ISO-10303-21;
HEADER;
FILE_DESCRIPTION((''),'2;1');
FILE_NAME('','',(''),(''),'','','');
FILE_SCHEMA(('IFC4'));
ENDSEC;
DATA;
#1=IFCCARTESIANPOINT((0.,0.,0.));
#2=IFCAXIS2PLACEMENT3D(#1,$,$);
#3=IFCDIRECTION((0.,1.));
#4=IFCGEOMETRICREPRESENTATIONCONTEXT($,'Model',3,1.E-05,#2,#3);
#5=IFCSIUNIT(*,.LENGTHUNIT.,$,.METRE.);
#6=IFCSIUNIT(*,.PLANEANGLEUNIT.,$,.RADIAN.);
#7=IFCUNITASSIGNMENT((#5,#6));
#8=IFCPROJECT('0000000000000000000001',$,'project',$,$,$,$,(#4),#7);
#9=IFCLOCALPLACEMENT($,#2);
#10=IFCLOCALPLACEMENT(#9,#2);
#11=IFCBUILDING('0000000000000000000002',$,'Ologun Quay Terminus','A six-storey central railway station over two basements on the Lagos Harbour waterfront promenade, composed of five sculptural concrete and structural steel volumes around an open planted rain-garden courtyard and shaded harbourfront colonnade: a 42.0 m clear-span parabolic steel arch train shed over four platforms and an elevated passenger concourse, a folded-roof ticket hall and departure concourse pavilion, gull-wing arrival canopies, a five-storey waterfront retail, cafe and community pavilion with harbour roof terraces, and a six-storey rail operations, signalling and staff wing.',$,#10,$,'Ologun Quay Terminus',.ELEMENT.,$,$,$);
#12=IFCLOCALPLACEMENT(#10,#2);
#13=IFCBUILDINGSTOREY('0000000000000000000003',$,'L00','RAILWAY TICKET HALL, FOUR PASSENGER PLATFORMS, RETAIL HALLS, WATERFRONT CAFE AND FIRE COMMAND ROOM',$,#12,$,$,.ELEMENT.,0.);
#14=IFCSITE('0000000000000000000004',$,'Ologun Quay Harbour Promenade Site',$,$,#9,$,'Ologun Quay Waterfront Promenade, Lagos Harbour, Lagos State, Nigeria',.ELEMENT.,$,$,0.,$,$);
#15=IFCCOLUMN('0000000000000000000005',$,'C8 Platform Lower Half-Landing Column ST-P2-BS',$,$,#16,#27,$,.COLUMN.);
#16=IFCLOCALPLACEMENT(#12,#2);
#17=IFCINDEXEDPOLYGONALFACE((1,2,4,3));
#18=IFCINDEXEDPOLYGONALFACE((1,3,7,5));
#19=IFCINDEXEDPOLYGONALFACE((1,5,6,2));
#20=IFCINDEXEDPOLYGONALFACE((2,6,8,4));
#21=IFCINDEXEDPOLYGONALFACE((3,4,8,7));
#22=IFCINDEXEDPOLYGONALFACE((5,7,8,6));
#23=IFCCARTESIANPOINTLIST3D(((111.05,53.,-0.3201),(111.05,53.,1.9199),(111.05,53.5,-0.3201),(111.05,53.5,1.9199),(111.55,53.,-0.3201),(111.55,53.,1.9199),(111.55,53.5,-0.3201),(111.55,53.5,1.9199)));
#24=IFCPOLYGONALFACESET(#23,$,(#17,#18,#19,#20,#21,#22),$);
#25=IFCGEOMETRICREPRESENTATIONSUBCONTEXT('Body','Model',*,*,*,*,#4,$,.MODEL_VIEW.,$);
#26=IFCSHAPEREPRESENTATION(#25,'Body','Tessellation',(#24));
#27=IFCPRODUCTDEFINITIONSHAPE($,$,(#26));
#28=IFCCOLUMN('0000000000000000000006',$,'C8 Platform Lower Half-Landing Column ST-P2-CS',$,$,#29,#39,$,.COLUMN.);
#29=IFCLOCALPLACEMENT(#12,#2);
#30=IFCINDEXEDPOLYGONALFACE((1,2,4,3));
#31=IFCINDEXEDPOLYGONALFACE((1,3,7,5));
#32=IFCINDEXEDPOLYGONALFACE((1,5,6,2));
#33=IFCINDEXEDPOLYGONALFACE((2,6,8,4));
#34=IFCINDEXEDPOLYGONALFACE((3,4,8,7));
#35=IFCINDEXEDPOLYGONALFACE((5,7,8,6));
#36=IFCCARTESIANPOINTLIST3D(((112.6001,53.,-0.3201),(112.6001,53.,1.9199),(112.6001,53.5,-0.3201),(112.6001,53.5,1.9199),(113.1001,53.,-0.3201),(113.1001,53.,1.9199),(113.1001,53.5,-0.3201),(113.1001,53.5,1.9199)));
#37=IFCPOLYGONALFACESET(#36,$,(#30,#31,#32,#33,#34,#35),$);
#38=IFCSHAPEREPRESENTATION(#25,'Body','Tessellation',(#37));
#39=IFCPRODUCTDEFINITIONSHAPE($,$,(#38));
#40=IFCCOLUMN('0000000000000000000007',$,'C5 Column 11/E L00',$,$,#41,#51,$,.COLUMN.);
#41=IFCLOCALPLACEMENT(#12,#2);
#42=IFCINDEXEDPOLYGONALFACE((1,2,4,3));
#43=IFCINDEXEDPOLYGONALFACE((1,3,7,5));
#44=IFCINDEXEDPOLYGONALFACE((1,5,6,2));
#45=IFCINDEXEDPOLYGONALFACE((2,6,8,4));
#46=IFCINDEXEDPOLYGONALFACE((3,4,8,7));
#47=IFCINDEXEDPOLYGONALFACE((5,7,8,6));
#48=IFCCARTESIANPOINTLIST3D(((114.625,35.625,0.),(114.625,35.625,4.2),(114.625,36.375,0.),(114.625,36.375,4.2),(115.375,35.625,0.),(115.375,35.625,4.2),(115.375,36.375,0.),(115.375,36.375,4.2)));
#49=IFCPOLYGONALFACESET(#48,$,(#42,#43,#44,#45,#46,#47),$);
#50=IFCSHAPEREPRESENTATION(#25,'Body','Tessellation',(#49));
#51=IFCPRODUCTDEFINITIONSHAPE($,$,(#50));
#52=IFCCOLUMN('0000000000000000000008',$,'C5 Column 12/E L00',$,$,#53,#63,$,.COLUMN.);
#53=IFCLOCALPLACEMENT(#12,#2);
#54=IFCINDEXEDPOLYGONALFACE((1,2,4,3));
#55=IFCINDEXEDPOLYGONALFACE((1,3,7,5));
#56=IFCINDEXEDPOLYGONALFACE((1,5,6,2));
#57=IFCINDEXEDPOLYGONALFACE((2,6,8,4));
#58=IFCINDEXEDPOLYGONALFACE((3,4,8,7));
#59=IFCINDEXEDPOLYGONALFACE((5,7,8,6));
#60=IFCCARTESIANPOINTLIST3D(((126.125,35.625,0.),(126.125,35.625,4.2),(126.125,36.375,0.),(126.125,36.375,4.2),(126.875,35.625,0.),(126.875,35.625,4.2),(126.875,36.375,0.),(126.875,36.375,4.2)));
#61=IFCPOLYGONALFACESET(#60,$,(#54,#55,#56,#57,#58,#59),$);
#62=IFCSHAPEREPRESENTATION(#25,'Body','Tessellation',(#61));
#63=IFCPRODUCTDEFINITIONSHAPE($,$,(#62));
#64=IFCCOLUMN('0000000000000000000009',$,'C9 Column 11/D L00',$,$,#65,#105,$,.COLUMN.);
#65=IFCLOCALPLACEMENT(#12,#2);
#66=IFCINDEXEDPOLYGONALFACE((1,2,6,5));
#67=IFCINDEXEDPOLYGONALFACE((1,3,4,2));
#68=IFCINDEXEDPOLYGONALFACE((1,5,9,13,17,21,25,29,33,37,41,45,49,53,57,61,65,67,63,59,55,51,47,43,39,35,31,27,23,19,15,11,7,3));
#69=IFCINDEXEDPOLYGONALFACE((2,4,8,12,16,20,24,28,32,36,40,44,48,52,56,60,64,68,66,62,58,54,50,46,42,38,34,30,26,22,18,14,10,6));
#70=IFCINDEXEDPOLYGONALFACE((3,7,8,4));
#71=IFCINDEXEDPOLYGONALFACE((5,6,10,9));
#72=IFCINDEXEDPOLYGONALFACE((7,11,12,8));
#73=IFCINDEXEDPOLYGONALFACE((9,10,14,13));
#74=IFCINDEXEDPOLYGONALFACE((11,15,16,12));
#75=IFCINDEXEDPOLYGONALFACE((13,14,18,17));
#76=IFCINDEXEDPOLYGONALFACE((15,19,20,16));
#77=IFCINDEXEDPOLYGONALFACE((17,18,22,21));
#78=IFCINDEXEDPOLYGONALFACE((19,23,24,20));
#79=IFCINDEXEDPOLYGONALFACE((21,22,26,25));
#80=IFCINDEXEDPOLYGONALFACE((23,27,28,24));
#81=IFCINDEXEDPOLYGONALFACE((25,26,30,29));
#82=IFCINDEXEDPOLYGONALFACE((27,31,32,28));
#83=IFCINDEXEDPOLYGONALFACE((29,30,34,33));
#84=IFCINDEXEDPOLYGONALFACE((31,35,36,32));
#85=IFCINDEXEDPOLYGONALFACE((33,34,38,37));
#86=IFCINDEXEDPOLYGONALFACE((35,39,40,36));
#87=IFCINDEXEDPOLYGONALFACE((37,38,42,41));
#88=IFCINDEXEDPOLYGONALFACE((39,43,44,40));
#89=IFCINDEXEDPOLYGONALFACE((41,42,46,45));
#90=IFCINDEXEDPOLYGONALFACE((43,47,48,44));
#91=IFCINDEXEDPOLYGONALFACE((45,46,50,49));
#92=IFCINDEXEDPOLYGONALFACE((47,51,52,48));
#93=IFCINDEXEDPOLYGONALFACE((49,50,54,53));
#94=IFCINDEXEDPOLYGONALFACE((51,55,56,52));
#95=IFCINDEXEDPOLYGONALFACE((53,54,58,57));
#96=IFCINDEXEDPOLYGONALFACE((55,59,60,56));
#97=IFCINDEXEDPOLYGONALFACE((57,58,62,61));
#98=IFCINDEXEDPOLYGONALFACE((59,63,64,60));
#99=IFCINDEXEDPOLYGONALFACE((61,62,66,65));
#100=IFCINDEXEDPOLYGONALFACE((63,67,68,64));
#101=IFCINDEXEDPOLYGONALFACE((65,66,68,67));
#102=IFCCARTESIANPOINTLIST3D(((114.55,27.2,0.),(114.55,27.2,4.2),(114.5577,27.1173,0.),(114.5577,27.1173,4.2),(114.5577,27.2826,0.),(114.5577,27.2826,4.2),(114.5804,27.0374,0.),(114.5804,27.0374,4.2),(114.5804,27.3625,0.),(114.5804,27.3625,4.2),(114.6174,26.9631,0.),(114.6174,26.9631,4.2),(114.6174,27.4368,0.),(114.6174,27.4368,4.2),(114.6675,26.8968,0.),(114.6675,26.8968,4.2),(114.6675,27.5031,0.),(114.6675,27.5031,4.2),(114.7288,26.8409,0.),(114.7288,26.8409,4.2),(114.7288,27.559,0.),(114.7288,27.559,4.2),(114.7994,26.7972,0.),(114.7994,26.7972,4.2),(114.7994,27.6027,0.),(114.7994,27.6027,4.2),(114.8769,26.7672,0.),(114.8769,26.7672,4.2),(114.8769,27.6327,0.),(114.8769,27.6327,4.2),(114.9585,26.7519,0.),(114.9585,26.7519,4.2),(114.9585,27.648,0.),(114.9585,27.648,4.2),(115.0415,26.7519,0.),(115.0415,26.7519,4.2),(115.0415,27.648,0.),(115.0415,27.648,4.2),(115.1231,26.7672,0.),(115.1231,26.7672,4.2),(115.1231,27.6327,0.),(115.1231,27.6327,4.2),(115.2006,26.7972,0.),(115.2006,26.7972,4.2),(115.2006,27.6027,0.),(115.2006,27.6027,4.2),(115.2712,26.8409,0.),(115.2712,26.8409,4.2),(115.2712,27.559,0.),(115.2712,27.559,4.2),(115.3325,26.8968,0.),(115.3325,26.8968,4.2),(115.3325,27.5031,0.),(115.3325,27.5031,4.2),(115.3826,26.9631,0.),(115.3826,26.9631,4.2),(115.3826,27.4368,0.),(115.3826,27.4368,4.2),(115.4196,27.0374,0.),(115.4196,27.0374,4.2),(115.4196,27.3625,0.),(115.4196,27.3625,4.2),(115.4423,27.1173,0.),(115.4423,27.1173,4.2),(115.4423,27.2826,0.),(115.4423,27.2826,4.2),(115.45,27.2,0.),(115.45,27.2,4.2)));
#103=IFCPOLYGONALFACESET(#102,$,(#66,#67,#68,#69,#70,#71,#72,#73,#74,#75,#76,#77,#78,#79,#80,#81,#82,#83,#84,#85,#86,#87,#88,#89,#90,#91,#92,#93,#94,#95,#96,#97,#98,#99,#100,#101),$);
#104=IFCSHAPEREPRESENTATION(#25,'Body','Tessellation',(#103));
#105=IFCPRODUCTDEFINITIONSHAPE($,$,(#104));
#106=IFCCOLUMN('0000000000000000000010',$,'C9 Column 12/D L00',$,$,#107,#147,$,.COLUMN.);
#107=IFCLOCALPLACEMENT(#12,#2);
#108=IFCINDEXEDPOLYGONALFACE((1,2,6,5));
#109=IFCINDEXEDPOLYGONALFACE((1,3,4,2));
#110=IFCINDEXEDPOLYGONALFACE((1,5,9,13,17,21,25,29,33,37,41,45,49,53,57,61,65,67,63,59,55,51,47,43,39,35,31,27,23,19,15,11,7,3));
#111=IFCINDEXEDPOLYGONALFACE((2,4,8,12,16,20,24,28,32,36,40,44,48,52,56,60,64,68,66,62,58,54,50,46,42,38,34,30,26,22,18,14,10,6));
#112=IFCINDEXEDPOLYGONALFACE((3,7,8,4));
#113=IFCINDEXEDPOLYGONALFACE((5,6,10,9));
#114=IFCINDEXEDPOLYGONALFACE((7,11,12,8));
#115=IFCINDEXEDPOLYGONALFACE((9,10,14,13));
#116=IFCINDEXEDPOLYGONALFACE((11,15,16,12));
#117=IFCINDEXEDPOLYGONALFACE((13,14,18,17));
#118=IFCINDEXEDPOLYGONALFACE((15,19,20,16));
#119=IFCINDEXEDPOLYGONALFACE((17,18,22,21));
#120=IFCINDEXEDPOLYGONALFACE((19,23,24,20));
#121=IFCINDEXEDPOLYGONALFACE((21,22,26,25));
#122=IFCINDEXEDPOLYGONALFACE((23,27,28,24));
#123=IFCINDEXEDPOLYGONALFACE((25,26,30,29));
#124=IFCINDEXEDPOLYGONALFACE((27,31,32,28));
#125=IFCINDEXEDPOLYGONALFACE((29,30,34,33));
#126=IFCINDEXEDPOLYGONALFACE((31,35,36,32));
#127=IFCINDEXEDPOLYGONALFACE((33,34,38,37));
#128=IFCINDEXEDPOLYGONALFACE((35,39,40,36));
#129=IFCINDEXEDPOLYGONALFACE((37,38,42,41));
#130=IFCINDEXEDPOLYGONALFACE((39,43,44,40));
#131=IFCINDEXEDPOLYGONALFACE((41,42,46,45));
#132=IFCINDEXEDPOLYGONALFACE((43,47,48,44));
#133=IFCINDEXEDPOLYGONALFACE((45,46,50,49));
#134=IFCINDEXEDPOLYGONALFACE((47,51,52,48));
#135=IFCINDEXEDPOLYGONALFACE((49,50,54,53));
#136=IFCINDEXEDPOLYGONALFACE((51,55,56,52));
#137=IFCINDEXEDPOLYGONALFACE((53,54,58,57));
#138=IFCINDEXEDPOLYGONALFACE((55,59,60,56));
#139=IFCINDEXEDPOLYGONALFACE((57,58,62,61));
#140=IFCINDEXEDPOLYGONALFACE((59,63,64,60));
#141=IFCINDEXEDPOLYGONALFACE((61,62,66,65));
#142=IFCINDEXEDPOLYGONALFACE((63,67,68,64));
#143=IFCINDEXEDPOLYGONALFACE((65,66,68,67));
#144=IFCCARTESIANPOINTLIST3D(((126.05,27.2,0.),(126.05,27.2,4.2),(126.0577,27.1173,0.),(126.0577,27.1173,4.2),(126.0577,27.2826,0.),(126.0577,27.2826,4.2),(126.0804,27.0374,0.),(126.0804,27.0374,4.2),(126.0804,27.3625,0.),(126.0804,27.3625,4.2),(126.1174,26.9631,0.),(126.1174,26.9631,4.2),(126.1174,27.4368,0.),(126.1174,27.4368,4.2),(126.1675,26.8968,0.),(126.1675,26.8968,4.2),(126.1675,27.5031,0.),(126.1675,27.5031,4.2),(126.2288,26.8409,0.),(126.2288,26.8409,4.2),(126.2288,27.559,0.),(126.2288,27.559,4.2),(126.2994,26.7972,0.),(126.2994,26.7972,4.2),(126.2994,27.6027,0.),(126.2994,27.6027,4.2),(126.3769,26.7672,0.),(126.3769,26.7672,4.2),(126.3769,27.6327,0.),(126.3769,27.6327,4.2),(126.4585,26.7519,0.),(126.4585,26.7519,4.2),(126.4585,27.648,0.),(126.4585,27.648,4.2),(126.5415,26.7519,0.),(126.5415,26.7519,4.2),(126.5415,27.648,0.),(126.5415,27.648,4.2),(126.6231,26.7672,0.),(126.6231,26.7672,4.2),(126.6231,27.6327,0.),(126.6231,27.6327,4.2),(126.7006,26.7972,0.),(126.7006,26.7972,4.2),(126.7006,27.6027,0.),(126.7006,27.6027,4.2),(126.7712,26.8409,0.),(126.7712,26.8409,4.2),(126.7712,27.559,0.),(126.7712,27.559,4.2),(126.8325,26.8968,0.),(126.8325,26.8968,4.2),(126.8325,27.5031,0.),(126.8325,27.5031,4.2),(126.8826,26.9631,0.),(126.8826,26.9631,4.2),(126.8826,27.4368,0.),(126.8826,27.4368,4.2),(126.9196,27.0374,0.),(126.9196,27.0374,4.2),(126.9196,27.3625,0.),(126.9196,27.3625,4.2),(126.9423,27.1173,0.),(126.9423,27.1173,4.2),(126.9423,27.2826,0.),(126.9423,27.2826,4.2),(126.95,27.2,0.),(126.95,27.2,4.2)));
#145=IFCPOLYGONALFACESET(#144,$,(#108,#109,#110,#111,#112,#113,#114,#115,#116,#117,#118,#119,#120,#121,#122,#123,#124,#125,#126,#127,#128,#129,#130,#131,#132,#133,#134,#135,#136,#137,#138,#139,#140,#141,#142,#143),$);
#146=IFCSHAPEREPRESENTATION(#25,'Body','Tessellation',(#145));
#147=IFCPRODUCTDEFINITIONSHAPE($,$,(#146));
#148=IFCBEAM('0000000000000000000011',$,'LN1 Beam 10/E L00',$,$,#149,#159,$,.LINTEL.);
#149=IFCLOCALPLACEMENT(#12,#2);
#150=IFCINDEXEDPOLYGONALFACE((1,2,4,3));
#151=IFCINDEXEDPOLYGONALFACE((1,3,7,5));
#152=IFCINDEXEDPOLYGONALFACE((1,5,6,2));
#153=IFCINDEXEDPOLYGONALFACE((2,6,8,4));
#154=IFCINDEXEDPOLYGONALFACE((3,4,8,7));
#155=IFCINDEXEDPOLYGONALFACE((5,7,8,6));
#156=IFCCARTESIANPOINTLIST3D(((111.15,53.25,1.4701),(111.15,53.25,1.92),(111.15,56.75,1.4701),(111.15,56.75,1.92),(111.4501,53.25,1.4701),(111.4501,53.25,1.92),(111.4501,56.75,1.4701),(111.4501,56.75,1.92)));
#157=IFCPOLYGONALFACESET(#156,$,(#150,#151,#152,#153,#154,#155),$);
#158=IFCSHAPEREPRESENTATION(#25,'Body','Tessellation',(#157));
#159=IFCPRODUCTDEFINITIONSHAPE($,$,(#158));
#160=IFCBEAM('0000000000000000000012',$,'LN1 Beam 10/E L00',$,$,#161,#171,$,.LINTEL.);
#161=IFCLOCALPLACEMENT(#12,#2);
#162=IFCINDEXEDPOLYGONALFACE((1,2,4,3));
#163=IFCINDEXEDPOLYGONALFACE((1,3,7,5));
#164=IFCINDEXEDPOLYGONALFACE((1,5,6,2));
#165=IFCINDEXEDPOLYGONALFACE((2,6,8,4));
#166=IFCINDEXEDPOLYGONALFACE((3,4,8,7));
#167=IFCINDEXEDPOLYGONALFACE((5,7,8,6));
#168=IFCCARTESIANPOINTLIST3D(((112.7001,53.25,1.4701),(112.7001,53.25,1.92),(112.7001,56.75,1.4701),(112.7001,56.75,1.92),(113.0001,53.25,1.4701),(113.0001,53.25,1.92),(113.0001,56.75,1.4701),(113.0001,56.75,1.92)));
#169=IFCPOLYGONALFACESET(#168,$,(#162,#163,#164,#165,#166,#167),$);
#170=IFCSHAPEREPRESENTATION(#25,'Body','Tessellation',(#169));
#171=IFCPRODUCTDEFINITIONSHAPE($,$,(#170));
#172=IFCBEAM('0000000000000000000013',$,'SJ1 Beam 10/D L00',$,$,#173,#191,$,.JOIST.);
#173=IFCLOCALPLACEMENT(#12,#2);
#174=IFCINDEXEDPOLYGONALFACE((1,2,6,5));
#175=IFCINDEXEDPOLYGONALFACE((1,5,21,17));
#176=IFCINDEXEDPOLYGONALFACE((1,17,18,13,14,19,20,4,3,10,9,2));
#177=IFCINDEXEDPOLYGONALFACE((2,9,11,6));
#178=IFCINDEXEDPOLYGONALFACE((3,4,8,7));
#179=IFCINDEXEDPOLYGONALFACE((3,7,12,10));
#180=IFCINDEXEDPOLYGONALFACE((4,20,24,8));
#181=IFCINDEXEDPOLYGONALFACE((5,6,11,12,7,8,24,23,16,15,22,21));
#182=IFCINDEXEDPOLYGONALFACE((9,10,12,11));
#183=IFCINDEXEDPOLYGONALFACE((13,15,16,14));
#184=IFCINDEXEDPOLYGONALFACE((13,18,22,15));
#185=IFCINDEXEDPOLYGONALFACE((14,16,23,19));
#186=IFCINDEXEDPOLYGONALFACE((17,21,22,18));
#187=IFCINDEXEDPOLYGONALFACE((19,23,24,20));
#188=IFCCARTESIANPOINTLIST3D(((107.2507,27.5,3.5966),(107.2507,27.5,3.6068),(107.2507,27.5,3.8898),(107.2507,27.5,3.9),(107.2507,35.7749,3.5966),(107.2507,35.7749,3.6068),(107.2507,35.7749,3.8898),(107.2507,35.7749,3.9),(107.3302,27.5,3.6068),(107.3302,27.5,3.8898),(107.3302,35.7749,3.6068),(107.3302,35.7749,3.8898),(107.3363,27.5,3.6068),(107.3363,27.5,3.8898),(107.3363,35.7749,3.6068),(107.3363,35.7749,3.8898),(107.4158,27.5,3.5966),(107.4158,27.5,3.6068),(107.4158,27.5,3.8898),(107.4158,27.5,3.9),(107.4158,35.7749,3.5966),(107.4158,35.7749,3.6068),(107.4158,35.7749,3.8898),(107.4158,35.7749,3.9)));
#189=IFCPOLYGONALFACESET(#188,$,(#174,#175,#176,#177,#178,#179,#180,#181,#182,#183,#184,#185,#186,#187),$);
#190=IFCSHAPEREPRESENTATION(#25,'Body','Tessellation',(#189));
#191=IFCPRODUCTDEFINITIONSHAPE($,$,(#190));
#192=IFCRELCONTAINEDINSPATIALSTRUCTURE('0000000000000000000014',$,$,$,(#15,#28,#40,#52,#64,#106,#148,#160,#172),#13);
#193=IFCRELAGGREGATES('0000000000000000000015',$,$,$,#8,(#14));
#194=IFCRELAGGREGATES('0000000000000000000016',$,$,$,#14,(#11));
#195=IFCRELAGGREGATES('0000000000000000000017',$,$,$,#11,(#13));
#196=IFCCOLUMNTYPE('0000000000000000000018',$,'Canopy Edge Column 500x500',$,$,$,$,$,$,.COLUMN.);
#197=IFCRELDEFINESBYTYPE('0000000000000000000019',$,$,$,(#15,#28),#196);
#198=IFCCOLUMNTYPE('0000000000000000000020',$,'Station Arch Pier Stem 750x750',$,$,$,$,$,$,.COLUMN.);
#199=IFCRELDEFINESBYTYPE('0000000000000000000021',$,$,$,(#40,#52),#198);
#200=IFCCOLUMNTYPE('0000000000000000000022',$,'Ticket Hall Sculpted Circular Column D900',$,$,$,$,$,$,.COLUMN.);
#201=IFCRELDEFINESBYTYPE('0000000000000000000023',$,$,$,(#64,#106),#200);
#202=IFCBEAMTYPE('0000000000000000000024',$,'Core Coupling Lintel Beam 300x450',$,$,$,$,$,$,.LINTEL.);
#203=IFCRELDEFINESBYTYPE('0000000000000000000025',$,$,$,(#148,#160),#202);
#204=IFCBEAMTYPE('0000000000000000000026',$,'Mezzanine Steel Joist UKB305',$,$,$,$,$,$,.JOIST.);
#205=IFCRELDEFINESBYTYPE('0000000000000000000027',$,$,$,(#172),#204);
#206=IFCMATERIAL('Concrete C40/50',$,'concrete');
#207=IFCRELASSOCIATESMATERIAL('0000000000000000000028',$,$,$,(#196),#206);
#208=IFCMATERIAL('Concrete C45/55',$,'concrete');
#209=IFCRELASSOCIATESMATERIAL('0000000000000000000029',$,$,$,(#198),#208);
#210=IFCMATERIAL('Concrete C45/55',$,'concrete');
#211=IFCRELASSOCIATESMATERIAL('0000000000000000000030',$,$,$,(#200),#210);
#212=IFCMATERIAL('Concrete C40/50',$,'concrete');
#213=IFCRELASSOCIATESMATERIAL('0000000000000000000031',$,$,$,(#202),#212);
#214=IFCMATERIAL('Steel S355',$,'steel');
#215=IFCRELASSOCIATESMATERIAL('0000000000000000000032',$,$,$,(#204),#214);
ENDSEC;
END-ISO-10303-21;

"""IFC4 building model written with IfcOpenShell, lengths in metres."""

from ifc_helpers import new_model, si_unit, direction, frame, origin, origin_2d, place, context, subcontext, project, spatial, rectangle, circle, i_section, extrude, material, material_profile, profile_set, type_object, element, save


model = new_model("IFC4")

# Units and contexts
model_context = context("Model", 3, precision=1e-05, world=origin(), true_north=direction((0.0, 1.0)))
body_context = subcontext(model_context, "Body", "Model", "MODEL_VIEW")
ifc_project = project(units=[si_unit("LENGTHUNIT", "METRE"), si_unit("PLANEANGLEUNIT", "RADIAN")], contexts=[model_context])

# Site, building, storey
site_placement = place(None, origin())
site = spatial("IfcSite", under=ifc_project, at=site_placement, Name="Ologun Quay Harbour Promenade Site", LongName="Ologun Quay Waterfront Promenade, Lagos Harbour, Lagos State, Nigeria", CompositionType="ELEMENT", RefElevation=0.0)
building_placement = place(site_placement, origin())
building = spatial("IfcBuilding", under=site, at=building_placement, Name="Ologun Quay Terminus", Description="A six-storey central railway station over two basements on the Lagos Harbour waterfront promenade, composed of five sculptural concrete and structural steel volumes around an open planted rain-garden courtyard and shaded harbourfront colonnade: a 42.0 m clear-span parabolic steel arch train shed over four platforms and an elevated passenger concourse, a folded-roof ticket hall and departure concourse pavilion, gull-wing arrival canopies, a five-storey waterfront retail, cafe and community pavilion with harbour roof terraces, and a six-storey rail operations, signalling and staff wing.", LongName="Ologun Quay Terminus", CompositionType="ELEMENT")
storey_placement = place(building_placement, origin())
storey = spatial("IfcBuildingStorey", under=building, at=storey_placement, Name="L00", Description="RAILWAY TICKET HALL, FOUR PASSENGER PLATFORMS, RETAIL HALLS, WATERFRONT CAFE AND FIRE COMMAND ROOM", CompositionType="ELEMENT", Elevation=0.0)

# Columns
ifc_material_1 = material(Name="Concrete C40/50", Category="concrete")
ifc_material_profile_1 = material_profile(ifc_material_1, rectangle(XDim=0.5, YDim=0.5, at=origin_2d()), Name="RC 500x500")
ifc_profile_set_1 = profile_set([ifc_material_profile_1], Name="Concrete C40/50")
column_type_1 = type_object("IfcColumnType", Name="Canopy Edge Column 500x500", PredefinedType="COLUMN", material=ifc_profile_set_1)
for number, where, z_axis, x_axis, name in (
    (1, (111.3, 53.25, -0.3201), (0.0, 0.0, 1.0), (1.0, 0.0, 0.0), "C8 Platform Lower Half-Landing Column ST-P2-BS"),
    (2, (112.8501, 53.25, -0.3201), (0.0, 0.0, 1.0), (1.0, 0.0, 0.0), "C8 Platform Lower Half-Landing Column ST-P2-CS"),
):
    element("IfcColumn", number, at=place(storey_placement, frame(where, z_axis=z_axis, x_axis=x_axis)), inside=storey, type_object=column_type_1, Name=name, PredefinedType="COLUMN", context=body_context, shape_type="SweptSolid", body=[
        extrude(rectangle(XDim=0.5, YDim=0.5, at=origin_2d()), origin(), (0.0, 0.0, 1.0), 2.24),
    ])
ifc_material_2 = material(Name="Concrete C45/55", Category="concrete")
ifc_material_profile_2 = material_profile(ifc_material_2, rectangle(XDim=0.75, YDim=0.75, at=origin_2d()), Name="RC 750x750")
ifc_profile_set_2 = profile_set([ifc_material_profile_2], Name="Concrete C45/55")
column_type_2 = type_object("IfcColumnType", Name="Station Arch Pier Stem 750x750", PredefinedType="COLUMN", material=ifc_profile_set_2)
for number, where, z_axis, x_axis, name in (
    (3, (115.0, 36.0, 0.0), (0.0, 0.0, 1.0), (1.0, 0.0, 0.0), "C5 Column 11/E L00"),
    (4, (126.5, 36.0, 0.0), (0.0, 0.0, 1.0), (1.0, 0.0, 0.0), "C5 Column 12/E L00"),
):
    element("IfcColumn", number, at=place(storey_placement, frame(where, z_axis=z_axis, x_axis=x_axis)), inside=storey, type_object=column_type_2, Name=name, PredefinedType="COLUMN", context=body_context, shape_type="SweptSolid", body=[
        extrude(rectangle(XDim=0.75, YDim=0.75, at=origin_2d()), origin(), (0.0, 0.0, 1.0), 4.2),
    ])
ifc_material_3 = material(Name="Concrete C45/55", Category="concrete")
ifc_material_profile_3 = material_profile(ifc_material_3, circle(Radius=0.45, at=origin_2d()), Name="RC D900")
ifc_profile_set_3 = profile_set([ifc_material_profile_3], Name="Concrete C45/55")
column_type_3 = type_object("IfcColumnType", Name="Ticket Hall Sculpted Circular Column D900", PredefinedType="COLUMN", material=ifc_profile_set_3)
for number, where, z_axis, x_axis, name in (
    (5, (115.0, 27.2, 0.0), (0.0, 0.0, 1.0), (1.0, 0.0, 0.0), "C9 Column 11/D L00"),
    (6, (126.5, 27.2, 0.0), (0.0, 0.0, 1.0), (1.0, 0.0, 0.0), "C9 Column 12/D L00"),
):
    element("IfcColumn", number, at=place(storey_placement, frame(where, z_axis=z_axis, x_axis=x_axis)), inside=storey, type_object=column_type_3, Name=name, PredefinedType="COLUMN", context=body_context, shape_type="SweptSolid", body=[
        extrude(circle(Radius=0.45, at=origin_2d()), origin(), (0.0, 0.0, 1.0), 4.2),
    ])

# Beams
ifc_material_4 = material(Name="Concrete C40/50", Category="concrete")
ifc_material_profile_4 = material_profile(ifc_material_4, rectangle(XDim=0.3, YDim=0.45, at=origin_2d()), Name="RC 300x450")
ifc_profile_set_4 = profile_set([ifc_material_profile_4], Name="Concrete C40/50")
beam_type_1 = type_object("IfcBeamType", Name="Core Coupling Lintel Beam 300x450", PredefinedType="LINTEL", material=ifc_profile_set_4)
for number, where, z_axis, x_axis, name in (
    (7, (111.3, 53.25, 1.6951), (0.0, 1.0, 0.0), (-1.0, 0.0, 0.0), "LN1 Beam 10/E L00"),
    (8, (112.8501, 53.25, 1.6951), (0.0, 1.0, 0.0), (-1.0, 0.0, 0.0), "LN1 Beam 10/E L00"),
):
    element("IfcBeam", number, at=place(storey_placement, frame(where, z_axis=z_axis, x_axis=x_axis)), inside=storey, type_object=beam_type_1, Name=name, PredefinedType="LINTEL", context=body_context, shape_type="SweptSolid", body=[
        extrude(rectangle(XDim=0.3, YDim=0.45, at=origin_2d()), origin(), (0.0, 0.0, 1.0), 3.5),
    ])
ifc_material_5 = material(Name="Steel S355", Category="steel")
ifc_material_profile_5 = material_profile(ifc_material_5, i_section(OverallWidth=0.165, OverallDepth=0.3035, WebThickness=0.0061, FlangeThickness=0.0103, at=origin_2d()), Name="UKB 305x165x40")
ifc_profile_set_5 = profile_set([ifc_material_profile_5], Name="Steel S355")
beam_type_2 = type_object("IfcBeamType", Name="Mezzanine Steel Joist UKB305", PredefinedType="JOIST", material=ifc_profile_set_5)
for number, where, z_axis, x_axis, name in (
    (9, (107.3333, 27.5, 3.7483), (0.0, 1.0, 0.0), (-1.0, 0.0, 0.0), "SJ1 Beam 10/D L00"),
):
    element("IfcBeam", number, at=place(storey_placement, frame(where, z_axis=z_axis, x_axis=x_axis)), inside=storey, type_object=beam_type_2, Name=name, PredefinedType="JOIST", context=body_context, shape_type="SweptSolid", body=[
        extrude(i_section(OverallWidth=0.165, OverallDepth=0.3035, WebThickness=0.0061, FlangeThickness=0.0103, at=origin_2d()), origin(), (0.0, 0.0, 1.0), 8.2749),
    ])

save(model, "model.ifc")
